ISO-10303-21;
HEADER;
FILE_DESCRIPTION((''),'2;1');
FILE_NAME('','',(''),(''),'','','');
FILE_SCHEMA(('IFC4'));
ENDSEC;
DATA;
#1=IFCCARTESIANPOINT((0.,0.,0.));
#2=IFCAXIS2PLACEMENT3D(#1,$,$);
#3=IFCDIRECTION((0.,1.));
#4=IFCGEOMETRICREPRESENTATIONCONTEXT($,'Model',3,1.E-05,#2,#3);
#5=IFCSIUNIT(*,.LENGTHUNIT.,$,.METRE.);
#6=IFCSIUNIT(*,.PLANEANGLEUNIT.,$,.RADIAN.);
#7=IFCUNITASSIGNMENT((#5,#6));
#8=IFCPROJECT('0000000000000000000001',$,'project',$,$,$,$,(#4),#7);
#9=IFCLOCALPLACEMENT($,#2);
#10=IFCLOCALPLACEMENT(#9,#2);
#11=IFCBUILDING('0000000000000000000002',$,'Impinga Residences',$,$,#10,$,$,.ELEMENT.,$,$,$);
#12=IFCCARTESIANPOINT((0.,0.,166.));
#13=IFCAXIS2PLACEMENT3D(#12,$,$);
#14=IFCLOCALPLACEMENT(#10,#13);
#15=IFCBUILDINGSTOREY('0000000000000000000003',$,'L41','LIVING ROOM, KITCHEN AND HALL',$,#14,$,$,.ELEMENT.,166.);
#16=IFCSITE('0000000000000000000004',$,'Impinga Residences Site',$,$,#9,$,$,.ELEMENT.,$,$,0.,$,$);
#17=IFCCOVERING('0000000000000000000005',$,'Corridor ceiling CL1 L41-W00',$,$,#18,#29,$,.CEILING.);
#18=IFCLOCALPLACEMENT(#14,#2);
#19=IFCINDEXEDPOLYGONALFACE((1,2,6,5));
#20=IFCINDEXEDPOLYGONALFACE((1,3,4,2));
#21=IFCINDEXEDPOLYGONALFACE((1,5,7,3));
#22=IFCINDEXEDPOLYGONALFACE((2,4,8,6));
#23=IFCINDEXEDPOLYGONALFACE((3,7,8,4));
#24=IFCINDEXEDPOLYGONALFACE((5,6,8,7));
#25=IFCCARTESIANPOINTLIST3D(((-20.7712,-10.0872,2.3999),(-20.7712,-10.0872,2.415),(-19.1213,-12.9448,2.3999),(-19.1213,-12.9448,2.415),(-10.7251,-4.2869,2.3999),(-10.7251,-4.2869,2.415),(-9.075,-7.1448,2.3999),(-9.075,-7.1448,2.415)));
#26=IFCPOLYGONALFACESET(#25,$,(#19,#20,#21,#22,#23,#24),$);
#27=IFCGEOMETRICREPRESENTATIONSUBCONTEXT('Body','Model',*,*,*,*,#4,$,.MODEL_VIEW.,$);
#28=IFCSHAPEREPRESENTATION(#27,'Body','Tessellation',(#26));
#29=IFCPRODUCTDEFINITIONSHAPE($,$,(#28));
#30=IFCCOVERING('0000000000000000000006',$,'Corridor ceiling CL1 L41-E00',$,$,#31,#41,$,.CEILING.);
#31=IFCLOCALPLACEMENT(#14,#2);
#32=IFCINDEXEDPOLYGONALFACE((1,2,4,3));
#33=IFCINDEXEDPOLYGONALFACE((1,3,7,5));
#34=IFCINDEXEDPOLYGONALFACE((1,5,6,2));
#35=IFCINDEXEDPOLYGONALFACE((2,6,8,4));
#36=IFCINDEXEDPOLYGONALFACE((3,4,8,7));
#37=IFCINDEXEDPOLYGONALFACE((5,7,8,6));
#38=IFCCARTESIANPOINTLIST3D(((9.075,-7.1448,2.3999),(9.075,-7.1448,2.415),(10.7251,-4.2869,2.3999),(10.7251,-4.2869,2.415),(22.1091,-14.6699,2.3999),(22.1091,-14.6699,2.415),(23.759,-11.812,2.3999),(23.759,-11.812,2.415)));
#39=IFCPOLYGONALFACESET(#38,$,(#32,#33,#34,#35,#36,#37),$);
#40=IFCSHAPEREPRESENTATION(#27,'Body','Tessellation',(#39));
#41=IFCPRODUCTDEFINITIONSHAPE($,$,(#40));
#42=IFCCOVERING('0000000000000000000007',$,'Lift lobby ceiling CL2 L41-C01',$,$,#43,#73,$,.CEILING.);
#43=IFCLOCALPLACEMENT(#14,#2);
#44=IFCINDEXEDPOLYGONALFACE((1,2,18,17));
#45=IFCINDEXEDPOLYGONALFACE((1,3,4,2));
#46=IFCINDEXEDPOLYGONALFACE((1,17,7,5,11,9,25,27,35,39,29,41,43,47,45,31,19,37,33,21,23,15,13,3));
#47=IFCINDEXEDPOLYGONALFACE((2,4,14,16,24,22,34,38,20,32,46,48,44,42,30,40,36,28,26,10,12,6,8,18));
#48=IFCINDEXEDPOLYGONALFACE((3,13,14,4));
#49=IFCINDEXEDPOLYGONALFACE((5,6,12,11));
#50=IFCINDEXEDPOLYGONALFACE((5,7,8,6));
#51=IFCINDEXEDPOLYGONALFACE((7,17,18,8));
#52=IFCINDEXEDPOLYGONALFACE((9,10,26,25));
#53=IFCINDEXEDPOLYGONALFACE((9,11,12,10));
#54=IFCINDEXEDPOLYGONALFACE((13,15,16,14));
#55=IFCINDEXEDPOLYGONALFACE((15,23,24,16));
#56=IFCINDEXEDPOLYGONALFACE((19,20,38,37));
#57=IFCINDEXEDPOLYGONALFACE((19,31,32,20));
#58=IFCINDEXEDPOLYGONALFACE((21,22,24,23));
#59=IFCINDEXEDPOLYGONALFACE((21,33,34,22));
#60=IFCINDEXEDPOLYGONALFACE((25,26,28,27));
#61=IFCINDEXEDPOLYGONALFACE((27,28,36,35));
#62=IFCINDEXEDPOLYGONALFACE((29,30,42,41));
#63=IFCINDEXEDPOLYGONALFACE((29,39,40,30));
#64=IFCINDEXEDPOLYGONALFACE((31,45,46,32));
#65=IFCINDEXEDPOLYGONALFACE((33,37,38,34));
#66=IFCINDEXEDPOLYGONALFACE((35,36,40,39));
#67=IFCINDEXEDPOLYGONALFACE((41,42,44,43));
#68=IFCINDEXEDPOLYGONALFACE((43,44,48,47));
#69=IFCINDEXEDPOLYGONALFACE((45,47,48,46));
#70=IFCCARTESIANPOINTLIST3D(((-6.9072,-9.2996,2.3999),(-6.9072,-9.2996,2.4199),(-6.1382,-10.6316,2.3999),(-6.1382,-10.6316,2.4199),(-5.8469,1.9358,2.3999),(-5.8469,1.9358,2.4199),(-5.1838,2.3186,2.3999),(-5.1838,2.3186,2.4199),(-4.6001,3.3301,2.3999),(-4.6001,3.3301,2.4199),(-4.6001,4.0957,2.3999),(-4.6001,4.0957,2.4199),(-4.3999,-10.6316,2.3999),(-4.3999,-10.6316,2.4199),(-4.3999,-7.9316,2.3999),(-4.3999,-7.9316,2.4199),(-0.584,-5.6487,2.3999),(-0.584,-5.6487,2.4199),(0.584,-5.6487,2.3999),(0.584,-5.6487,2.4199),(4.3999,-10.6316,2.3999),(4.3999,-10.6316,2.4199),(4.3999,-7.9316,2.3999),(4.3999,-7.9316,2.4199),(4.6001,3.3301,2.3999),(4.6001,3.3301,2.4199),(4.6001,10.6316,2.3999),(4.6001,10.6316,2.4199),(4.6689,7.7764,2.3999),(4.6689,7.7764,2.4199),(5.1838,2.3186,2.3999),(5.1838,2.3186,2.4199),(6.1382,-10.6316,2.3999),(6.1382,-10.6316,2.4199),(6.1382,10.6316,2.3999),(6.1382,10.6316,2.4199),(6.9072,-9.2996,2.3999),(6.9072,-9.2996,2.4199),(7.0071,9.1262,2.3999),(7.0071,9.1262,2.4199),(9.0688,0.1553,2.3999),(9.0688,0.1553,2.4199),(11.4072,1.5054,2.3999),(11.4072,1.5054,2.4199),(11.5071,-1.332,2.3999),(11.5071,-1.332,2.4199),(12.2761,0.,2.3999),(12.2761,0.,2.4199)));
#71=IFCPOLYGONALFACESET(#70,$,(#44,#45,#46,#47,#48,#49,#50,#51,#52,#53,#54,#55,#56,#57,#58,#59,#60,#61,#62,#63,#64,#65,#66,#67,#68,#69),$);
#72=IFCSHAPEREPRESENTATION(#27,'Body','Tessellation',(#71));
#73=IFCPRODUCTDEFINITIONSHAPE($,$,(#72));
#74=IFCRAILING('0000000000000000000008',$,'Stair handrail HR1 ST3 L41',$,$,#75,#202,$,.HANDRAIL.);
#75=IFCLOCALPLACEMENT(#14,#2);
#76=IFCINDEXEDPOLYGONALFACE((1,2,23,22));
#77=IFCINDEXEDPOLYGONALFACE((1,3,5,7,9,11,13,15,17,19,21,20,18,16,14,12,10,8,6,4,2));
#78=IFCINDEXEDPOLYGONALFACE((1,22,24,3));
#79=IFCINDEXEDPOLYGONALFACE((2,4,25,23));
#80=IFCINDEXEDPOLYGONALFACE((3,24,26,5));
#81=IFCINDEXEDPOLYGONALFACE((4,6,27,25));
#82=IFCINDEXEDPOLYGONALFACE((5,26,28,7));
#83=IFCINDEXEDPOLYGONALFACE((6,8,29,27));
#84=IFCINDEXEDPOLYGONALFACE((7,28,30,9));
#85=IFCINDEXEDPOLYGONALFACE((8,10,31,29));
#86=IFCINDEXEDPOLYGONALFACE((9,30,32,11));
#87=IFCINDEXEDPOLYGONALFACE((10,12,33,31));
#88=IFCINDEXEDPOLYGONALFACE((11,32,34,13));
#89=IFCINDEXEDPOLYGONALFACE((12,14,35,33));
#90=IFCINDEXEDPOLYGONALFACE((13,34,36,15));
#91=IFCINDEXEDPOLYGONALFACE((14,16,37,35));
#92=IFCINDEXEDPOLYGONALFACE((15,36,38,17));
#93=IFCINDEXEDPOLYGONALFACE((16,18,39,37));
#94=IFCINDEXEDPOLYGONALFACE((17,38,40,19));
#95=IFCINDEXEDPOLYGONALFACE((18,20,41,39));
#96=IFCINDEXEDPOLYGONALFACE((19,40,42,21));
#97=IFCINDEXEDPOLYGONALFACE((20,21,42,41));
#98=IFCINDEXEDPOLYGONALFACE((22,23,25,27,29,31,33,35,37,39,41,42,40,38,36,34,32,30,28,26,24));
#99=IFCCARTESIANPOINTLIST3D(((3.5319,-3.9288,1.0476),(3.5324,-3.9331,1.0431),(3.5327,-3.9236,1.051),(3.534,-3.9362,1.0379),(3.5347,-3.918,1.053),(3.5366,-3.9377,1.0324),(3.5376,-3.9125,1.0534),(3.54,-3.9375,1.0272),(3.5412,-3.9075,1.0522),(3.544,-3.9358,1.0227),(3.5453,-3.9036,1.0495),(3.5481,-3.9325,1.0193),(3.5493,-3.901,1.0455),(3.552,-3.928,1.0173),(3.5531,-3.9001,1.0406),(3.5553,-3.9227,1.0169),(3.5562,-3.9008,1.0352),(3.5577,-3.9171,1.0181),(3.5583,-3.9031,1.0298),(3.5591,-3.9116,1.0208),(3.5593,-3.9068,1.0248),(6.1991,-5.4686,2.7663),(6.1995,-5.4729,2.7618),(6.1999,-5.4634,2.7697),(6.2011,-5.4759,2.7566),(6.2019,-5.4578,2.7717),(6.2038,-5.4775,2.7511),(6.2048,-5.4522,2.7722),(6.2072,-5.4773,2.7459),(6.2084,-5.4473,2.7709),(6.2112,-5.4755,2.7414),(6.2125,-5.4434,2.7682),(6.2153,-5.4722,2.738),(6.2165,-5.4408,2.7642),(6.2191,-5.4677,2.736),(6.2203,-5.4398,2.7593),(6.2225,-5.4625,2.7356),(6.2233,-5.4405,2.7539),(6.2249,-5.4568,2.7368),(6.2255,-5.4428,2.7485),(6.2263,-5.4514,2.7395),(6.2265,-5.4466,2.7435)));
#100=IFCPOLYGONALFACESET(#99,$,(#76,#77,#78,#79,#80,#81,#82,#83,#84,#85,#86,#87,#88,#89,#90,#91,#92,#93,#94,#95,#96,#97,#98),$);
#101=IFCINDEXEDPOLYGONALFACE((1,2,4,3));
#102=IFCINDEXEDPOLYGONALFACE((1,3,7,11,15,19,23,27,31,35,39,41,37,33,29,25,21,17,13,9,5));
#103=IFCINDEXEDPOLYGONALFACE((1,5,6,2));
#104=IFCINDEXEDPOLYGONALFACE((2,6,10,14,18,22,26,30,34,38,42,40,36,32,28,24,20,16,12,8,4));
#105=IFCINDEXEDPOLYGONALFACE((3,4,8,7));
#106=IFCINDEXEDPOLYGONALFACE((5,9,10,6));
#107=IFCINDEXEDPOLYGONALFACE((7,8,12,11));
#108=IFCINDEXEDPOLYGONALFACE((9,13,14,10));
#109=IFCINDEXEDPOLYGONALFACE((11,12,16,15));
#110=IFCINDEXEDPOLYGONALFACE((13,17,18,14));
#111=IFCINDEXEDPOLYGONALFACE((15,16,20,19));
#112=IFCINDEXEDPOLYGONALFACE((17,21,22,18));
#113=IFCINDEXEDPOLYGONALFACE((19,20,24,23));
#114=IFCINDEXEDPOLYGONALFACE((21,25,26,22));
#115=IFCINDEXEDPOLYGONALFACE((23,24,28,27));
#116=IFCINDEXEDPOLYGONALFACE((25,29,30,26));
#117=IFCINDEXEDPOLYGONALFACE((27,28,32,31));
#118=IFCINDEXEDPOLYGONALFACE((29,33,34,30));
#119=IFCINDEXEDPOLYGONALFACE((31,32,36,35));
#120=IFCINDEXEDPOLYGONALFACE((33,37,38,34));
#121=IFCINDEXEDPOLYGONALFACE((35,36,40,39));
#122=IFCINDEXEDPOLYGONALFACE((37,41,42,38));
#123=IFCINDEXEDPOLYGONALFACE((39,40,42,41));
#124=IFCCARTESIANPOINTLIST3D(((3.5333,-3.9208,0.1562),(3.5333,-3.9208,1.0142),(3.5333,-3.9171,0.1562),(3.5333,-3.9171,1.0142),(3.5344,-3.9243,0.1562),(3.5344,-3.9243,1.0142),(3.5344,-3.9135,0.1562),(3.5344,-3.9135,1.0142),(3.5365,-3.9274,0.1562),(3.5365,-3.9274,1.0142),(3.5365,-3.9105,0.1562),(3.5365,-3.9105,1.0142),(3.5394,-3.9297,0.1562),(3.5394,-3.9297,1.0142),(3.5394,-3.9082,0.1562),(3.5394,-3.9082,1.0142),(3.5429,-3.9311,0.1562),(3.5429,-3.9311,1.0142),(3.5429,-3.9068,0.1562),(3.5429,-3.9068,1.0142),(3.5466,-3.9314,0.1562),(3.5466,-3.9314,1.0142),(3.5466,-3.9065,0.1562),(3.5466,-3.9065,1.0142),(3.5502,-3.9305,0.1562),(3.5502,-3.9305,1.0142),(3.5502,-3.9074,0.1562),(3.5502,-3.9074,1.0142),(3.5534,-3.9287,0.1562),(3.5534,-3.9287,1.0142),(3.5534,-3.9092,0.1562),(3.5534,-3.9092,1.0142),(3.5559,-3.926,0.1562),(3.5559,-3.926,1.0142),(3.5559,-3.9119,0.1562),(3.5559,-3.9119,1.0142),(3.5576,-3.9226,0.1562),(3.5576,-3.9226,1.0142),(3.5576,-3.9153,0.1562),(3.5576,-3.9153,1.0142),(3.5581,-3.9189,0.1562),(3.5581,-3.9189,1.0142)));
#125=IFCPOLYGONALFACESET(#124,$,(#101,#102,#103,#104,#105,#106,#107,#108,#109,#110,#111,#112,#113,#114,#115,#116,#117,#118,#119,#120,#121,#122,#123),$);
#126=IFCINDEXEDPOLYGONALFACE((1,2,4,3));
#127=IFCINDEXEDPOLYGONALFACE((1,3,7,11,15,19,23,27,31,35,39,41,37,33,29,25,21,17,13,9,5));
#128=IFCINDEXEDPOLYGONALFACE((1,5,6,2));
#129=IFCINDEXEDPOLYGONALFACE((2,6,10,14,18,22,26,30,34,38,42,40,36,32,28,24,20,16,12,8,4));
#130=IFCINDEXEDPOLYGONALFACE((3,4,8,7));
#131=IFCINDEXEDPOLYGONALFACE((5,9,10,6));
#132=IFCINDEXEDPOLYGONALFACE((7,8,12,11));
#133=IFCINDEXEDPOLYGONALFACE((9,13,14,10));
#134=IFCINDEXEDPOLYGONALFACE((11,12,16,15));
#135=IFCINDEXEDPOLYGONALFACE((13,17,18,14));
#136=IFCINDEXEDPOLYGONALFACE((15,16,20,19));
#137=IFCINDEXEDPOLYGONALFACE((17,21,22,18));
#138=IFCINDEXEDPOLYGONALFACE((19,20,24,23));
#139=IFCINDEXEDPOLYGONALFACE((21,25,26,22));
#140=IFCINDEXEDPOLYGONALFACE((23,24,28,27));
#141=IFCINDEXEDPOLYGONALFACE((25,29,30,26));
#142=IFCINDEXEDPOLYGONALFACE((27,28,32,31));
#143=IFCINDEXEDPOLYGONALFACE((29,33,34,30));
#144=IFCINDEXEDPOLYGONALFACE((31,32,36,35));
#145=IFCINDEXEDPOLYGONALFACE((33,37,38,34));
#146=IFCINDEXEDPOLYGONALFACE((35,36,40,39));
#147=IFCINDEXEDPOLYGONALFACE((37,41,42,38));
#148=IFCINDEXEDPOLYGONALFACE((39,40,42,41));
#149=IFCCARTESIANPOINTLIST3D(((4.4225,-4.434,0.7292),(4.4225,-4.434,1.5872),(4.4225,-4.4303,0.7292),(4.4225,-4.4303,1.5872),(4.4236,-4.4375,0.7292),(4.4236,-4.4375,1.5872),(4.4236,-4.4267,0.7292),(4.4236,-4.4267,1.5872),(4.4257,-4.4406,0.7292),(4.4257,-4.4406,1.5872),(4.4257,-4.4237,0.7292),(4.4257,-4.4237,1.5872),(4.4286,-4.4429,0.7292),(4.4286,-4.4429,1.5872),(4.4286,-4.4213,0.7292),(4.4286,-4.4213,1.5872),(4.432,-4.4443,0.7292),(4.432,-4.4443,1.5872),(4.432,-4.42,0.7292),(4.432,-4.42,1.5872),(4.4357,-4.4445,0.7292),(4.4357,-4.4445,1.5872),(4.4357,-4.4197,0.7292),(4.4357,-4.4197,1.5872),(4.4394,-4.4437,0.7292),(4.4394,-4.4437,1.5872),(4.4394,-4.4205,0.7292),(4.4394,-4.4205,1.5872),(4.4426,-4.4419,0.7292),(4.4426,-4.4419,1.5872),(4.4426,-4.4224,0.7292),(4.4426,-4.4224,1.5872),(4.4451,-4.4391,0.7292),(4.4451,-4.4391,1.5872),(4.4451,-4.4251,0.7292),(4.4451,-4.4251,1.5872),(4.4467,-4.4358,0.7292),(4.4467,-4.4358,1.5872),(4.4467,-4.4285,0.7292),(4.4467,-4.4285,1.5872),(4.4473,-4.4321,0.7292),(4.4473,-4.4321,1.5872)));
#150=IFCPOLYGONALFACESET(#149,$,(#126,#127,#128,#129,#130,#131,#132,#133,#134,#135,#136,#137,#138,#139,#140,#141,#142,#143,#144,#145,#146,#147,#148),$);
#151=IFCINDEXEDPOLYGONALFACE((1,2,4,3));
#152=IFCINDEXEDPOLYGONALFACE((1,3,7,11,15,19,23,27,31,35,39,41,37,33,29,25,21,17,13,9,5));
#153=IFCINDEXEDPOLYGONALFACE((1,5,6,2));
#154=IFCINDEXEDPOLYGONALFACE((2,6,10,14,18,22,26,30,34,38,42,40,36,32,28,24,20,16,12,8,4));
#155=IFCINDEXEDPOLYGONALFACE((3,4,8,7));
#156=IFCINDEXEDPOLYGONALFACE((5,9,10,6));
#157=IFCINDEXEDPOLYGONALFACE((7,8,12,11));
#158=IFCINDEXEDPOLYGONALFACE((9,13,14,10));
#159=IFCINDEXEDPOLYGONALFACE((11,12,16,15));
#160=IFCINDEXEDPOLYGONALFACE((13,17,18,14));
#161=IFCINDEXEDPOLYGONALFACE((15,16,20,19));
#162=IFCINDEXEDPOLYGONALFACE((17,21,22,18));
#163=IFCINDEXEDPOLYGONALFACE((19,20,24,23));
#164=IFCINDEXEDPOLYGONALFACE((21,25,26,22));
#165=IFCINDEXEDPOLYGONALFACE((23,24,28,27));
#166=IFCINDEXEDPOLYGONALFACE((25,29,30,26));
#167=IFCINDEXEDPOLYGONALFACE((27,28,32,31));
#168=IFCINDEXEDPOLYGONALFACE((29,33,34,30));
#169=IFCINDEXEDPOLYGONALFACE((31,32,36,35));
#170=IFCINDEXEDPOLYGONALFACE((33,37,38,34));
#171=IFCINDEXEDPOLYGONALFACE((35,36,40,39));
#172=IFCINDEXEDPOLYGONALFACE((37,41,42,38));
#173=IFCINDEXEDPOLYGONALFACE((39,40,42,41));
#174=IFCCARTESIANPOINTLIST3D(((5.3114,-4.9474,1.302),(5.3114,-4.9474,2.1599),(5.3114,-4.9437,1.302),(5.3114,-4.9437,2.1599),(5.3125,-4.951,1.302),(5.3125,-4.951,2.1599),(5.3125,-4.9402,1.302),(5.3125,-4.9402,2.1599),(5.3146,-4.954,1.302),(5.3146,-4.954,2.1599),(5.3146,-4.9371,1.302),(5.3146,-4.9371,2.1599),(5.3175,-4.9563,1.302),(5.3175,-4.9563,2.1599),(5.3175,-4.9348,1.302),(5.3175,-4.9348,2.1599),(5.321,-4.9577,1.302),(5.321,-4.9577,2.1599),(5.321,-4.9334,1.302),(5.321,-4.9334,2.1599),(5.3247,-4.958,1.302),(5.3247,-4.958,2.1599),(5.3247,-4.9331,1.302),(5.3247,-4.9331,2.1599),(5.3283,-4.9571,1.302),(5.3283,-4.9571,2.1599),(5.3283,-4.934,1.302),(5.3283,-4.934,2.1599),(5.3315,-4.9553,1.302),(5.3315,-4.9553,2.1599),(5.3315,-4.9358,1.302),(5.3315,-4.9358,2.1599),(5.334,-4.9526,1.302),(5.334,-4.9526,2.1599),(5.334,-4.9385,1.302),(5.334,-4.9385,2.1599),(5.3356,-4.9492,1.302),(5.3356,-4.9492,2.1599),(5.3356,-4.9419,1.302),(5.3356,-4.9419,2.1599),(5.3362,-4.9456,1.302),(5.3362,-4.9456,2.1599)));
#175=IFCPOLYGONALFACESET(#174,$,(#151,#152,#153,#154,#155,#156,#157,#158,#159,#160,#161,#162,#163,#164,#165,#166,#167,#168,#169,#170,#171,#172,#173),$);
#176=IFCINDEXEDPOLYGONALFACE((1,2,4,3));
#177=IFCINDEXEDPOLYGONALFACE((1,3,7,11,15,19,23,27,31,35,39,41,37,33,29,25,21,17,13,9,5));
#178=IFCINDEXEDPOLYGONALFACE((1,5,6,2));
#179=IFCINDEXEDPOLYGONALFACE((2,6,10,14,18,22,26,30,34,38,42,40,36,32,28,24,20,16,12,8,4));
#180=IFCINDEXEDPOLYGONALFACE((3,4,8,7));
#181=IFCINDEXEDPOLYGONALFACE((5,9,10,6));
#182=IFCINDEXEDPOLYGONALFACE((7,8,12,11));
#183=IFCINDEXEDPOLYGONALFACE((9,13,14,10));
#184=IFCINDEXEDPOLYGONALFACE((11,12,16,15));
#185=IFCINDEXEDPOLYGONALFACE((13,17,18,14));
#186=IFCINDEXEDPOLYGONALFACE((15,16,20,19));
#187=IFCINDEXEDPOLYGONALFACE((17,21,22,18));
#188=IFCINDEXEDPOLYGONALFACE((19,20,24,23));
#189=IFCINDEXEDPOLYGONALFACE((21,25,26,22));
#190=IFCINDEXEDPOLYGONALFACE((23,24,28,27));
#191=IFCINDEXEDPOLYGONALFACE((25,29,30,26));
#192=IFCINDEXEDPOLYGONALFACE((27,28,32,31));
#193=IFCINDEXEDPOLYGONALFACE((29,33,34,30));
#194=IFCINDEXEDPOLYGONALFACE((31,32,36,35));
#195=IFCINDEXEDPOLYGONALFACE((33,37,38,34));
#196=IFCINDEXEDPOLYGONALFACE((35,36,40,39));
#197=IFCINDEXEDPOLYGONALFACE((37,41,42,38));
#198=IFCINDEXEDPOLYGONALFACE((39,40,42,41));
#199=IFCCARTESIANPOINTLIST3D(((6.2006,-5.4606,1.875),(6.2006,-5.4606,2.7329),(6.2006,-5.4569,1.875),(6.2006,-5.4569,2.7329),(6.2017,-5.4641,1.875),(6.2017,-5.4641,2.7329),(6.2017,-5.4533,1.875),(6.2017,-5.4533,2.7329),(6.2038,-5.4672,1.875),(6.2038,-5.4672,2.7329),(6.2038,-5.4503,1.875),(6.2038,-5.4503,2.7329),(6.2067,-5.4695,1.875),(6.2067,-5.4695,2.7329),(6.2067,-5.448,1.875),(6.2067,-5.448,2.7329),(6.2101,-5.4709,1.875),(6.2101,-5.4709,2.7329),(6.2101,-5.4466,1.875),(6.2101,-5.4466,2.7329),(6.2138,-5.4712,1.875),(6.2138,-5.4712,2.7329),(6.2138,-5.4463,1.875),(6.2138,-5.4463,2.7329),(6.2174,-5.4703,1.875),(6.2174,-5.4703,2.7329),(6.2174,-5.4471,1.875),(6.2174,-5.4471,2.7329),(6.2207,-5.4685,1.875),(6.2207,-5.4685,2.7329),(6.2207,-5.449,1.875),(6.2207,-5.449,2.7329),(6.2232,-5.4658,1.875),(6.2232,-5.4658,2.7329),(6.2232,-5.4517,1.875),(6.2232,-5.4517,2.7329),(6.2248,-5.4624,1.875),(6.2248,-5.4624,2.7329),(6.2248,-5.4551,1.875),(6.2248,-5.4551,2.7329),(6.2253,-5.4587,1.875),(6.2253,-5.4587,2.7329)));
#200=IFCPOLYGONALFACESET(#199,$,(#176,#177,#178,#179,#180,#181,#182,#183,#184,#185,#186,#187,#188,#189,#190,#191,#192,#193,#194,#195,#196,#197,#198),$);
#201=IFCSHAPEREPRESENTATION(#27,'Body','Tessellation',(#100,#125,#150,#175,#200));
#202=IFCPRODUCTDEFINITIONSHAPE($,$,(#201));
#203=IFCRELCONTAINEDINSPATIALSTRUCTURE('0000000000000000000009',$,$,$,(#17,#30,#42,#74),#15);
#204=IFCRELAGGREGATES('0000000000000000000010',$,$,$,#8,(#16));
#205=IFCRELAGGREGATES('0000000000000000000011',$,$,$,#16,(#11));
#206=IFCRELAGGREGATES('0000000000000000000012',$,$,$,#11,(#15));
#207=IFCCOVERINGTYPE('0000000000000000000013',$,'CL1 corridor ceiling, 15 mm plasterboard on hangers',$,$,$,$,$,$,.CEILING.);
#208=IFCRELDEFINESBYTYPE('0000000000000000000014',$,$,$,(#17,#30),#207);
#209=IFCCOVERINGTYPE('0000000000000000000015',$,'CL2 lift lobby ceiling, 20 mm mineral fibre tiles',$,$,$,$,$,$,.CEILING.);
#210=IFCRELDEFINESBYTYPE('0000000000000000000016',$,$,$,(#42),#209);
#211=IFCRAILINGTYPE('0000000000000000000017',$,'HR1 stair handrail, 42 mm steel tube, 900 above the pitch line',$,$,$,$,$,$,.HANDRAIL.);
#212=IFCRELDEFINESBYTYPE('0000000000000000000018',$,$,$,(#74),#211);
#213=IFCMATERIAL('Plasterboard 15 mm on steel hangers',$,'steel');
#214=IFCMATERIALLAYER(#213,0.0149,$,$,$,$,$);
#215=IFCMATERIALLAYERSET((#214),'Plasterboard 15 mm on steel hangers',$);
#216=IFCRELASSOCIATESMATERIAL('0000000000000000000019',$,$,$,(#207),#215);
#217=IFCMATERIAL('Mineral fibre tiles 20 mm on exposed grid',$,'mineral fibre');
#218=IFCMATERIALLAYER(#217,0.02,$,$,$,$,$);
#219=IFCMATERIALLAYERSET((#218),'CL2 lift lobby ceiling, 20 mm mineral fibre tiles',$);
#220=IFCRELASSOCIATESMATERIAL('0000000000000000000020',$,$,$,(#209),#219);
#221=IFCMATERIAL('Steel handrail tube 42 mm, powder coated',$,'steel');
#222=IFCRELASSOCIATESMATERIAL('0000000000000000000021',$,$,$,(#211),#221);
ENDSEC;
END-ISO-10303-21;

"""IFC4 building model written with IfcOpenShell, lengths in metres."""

from ifc_helpers import new_model, si_unit, direction, frame, origin, origin_2d, place, context, subcontext, project, spatial, polyline, circle, outline, extrude, material, layer, layer_set, type_object, element, save


model = new_model("IFC4")

# Units and contexts
model_context = context("Model", 3, precision=1e-05, world=origin(), true_north=direction((0.0, 1.0)))
body_context = subcontext(model_context, "Body", "Model", "MODEL_VIEW")
ifc_project = project(units=[si_unit("LENGTHUNIT", "METRE"), si_unit("PLANEANGLEUNIT", "RADIAN")], contexts=[model_context])

# Site, building, storey
site_placement = place(None, origin())
site = spatial("IfcSite", under=ifc_project, at=site_placement, Name="Impinga Residences Site", CompositionType="ELEMENT", RefElevation=0.0)
building_placement = place(site_placement, origin())
building = spatial("IfcBuilding", under=site, at=building_placement, Name="Impinga Residences", CompositionType="ELEMENT")
storey_placement = place(building_placement, frame((0.0, 0.0, 166.0)))
storey = spatial("IfcBuildingStorey", under=building, at=storey_placement, Name="L41", Description="LIVING ROOM, KITCHEN AND HALL", CompositionType="ELEMENT", Elevation=166.0)

# Coverings
ifc_material_1 = material(Name="Plasterboard 15 mm on steel hangers", Category="steel")
ifc_layer_1 = layer(ifc_material_1, 0.0149)
ifc_layer_set_1 = layer_set([ifc_layer_1], Name="Plasterboard 15 mm on steel hangers")
covering_type_1 = type_object("IfcCoveringType", Name="CL1 corridor ceiling, 15 mm plasterboard on hangers", PredefinedType="CEILING", material=ifc_layer_set_1)
covering_1_placement = place(storey_placement, frame((0.0, 0.0, 2.3999)))
element("IfcCovering", 1, at=covering_1_placement, inside=storey, type_object=covering_type_1, Name="Corridor ceiling CL1 L41-W00", PredefinedType="CEILING", context=body_context, shape_type="SweptSolid", body=[
    extrude(outline(polyline([(-10.7251, -4.2869), (-9.075, -7.1448), (-19.1213, -12.9448), (-20.7712, -10.0872), (-10.7251, -4.2869)])), origin(), (0.0, 0.0, 1.0), 0.0151),
])
covering_2_placement = place(storey_placement, frame((0.0, 0.0, 2.3999)))
element("IfcCovering", 2, at=covering_2_placement, inside=storey, type_object=covering_type_1, Name="Corridor ceiling CL1 L41-E00", PredefinedType="CEILING", context=body_context, shape_type="SweptSolid", body=[
    extrude(outline(polyline([(9.075, -7.1448), (10.7251, -4.2869), (23.759, -11.812), (22.1091, -14.6699), (9.075, -7.1448)])), origin(), (0.0, 0.0, 1.0), 0.0151),
])
ifc_material_2 = material(Name="Mineral fibre tiles 20 mm on exposed grid", Category="mineral fibre")
ifc_layer_2 = layer(ifc_material_2, 0.02)
ifc_layer_set_2 = layer_set([ifc_layer_2], Name="CL2 lift lobby ceiling, 20 mm mineral fibre tiles")
covering_type_2 = type_object("IfcCoveringType", Name="CL2 lift lobby ceiling, 20 mm mineral fibre tiles", PredefinedType="CEILING", material=ifc_layer_set_2)
covering_3_placement = place(storey_placement, frame((0.0, 0.0, 2.3999)))
element("IfcCovering", 3, at=covering_3_placement, inside=storey, type_object=covering_type_2, Name="Lift lobby ceiling CL2 L41-C01", PredefinedType="CEILING", context=body_context, shape_type="SweptSolid", body=[
    extrude(outline(polyline([(5.1838, 2.3186), (0.584, -5.6487), (6.9072, -9.2996), (6.1382, -10.6316), (4.3999, -10.6316), (4.3999, -7.9316), (-4.3999, -7.9316), (-4.3999, -10.6316), (-6.1382, -10.6316), (-6.9072, -9.2996), (-0.584, -5.6487), (-5.1838, 2.3186), (-5.8469, 1.9358), (-4.6001, 4.0957), (-4.6001, 3.3301), (4.6001, 3.3301), (4.6001, 10.6316), (6.1382, 10.6316), (7.0071, 9.1262), (4.6689, 7.7764), (9.0688, 0.1553), (11.4072, 1.5054), (12.2761, 0.0), (11.5071, -1.332), (5.1838, 2.3186)])), origin(), (0.0, 0.0, 1.0), 0.02),
])

# Railing
ifc_material_3 = material(Name="Steel handrail tube 42 mm, powder coated", Category="steel")
railing_type = type_object("IfcRailingType", Name="HR1 stair handrail, 42 mm steel tube, 900 above the pitch line", PredefinedType="HANDRAIL", material=ifc_material_3)
railing_placement = place(storey_placement, frame((3.5457, -3.9189, 0.1562)))
element("IfcRailing", 4, at=railing_placement, inside=storey, type_object=railing_type, Name="Stair handrail HR1 ST3 L41", PredefinedType="HANDRAIL", context=body_context, shape_type="SweptSolid", body=[
    extrude(circle(Radius=0.021, at=origin_2d()), frame((0.0, 0.0, 0.8789), z_axis=(0.756249, -0.436582, 0.487322), x_axis=(0.499967, 0.866044, 0.0)), (0.0, 0.0, 1.0), 3.5269),
    extrude(circle(Radius=0.0125, at=origin_2d()), origin(), (0.0, 0.0, 1.0), 0.8579),
    extrude(circle(Radius=0.0125, at=origin_2d()), frame((0.8892, -0.5132, 0.573)), (0.0, 0.0, 1.0), 0.8579),
    extrude(circle(Radius=0.0125, at=origin_2d()), frame((1.7781, -1.0266, 1.1458)), (0.0, 0.0, 1.0), 0.8579),
    extrude(circle(Radius=0.0125, at=origin_2d()), frame((2.6672, -1.5398, 1.7188)), (0.0, 0.0, 1.0), 0.8579),
])

save(model, "model.ifc")
